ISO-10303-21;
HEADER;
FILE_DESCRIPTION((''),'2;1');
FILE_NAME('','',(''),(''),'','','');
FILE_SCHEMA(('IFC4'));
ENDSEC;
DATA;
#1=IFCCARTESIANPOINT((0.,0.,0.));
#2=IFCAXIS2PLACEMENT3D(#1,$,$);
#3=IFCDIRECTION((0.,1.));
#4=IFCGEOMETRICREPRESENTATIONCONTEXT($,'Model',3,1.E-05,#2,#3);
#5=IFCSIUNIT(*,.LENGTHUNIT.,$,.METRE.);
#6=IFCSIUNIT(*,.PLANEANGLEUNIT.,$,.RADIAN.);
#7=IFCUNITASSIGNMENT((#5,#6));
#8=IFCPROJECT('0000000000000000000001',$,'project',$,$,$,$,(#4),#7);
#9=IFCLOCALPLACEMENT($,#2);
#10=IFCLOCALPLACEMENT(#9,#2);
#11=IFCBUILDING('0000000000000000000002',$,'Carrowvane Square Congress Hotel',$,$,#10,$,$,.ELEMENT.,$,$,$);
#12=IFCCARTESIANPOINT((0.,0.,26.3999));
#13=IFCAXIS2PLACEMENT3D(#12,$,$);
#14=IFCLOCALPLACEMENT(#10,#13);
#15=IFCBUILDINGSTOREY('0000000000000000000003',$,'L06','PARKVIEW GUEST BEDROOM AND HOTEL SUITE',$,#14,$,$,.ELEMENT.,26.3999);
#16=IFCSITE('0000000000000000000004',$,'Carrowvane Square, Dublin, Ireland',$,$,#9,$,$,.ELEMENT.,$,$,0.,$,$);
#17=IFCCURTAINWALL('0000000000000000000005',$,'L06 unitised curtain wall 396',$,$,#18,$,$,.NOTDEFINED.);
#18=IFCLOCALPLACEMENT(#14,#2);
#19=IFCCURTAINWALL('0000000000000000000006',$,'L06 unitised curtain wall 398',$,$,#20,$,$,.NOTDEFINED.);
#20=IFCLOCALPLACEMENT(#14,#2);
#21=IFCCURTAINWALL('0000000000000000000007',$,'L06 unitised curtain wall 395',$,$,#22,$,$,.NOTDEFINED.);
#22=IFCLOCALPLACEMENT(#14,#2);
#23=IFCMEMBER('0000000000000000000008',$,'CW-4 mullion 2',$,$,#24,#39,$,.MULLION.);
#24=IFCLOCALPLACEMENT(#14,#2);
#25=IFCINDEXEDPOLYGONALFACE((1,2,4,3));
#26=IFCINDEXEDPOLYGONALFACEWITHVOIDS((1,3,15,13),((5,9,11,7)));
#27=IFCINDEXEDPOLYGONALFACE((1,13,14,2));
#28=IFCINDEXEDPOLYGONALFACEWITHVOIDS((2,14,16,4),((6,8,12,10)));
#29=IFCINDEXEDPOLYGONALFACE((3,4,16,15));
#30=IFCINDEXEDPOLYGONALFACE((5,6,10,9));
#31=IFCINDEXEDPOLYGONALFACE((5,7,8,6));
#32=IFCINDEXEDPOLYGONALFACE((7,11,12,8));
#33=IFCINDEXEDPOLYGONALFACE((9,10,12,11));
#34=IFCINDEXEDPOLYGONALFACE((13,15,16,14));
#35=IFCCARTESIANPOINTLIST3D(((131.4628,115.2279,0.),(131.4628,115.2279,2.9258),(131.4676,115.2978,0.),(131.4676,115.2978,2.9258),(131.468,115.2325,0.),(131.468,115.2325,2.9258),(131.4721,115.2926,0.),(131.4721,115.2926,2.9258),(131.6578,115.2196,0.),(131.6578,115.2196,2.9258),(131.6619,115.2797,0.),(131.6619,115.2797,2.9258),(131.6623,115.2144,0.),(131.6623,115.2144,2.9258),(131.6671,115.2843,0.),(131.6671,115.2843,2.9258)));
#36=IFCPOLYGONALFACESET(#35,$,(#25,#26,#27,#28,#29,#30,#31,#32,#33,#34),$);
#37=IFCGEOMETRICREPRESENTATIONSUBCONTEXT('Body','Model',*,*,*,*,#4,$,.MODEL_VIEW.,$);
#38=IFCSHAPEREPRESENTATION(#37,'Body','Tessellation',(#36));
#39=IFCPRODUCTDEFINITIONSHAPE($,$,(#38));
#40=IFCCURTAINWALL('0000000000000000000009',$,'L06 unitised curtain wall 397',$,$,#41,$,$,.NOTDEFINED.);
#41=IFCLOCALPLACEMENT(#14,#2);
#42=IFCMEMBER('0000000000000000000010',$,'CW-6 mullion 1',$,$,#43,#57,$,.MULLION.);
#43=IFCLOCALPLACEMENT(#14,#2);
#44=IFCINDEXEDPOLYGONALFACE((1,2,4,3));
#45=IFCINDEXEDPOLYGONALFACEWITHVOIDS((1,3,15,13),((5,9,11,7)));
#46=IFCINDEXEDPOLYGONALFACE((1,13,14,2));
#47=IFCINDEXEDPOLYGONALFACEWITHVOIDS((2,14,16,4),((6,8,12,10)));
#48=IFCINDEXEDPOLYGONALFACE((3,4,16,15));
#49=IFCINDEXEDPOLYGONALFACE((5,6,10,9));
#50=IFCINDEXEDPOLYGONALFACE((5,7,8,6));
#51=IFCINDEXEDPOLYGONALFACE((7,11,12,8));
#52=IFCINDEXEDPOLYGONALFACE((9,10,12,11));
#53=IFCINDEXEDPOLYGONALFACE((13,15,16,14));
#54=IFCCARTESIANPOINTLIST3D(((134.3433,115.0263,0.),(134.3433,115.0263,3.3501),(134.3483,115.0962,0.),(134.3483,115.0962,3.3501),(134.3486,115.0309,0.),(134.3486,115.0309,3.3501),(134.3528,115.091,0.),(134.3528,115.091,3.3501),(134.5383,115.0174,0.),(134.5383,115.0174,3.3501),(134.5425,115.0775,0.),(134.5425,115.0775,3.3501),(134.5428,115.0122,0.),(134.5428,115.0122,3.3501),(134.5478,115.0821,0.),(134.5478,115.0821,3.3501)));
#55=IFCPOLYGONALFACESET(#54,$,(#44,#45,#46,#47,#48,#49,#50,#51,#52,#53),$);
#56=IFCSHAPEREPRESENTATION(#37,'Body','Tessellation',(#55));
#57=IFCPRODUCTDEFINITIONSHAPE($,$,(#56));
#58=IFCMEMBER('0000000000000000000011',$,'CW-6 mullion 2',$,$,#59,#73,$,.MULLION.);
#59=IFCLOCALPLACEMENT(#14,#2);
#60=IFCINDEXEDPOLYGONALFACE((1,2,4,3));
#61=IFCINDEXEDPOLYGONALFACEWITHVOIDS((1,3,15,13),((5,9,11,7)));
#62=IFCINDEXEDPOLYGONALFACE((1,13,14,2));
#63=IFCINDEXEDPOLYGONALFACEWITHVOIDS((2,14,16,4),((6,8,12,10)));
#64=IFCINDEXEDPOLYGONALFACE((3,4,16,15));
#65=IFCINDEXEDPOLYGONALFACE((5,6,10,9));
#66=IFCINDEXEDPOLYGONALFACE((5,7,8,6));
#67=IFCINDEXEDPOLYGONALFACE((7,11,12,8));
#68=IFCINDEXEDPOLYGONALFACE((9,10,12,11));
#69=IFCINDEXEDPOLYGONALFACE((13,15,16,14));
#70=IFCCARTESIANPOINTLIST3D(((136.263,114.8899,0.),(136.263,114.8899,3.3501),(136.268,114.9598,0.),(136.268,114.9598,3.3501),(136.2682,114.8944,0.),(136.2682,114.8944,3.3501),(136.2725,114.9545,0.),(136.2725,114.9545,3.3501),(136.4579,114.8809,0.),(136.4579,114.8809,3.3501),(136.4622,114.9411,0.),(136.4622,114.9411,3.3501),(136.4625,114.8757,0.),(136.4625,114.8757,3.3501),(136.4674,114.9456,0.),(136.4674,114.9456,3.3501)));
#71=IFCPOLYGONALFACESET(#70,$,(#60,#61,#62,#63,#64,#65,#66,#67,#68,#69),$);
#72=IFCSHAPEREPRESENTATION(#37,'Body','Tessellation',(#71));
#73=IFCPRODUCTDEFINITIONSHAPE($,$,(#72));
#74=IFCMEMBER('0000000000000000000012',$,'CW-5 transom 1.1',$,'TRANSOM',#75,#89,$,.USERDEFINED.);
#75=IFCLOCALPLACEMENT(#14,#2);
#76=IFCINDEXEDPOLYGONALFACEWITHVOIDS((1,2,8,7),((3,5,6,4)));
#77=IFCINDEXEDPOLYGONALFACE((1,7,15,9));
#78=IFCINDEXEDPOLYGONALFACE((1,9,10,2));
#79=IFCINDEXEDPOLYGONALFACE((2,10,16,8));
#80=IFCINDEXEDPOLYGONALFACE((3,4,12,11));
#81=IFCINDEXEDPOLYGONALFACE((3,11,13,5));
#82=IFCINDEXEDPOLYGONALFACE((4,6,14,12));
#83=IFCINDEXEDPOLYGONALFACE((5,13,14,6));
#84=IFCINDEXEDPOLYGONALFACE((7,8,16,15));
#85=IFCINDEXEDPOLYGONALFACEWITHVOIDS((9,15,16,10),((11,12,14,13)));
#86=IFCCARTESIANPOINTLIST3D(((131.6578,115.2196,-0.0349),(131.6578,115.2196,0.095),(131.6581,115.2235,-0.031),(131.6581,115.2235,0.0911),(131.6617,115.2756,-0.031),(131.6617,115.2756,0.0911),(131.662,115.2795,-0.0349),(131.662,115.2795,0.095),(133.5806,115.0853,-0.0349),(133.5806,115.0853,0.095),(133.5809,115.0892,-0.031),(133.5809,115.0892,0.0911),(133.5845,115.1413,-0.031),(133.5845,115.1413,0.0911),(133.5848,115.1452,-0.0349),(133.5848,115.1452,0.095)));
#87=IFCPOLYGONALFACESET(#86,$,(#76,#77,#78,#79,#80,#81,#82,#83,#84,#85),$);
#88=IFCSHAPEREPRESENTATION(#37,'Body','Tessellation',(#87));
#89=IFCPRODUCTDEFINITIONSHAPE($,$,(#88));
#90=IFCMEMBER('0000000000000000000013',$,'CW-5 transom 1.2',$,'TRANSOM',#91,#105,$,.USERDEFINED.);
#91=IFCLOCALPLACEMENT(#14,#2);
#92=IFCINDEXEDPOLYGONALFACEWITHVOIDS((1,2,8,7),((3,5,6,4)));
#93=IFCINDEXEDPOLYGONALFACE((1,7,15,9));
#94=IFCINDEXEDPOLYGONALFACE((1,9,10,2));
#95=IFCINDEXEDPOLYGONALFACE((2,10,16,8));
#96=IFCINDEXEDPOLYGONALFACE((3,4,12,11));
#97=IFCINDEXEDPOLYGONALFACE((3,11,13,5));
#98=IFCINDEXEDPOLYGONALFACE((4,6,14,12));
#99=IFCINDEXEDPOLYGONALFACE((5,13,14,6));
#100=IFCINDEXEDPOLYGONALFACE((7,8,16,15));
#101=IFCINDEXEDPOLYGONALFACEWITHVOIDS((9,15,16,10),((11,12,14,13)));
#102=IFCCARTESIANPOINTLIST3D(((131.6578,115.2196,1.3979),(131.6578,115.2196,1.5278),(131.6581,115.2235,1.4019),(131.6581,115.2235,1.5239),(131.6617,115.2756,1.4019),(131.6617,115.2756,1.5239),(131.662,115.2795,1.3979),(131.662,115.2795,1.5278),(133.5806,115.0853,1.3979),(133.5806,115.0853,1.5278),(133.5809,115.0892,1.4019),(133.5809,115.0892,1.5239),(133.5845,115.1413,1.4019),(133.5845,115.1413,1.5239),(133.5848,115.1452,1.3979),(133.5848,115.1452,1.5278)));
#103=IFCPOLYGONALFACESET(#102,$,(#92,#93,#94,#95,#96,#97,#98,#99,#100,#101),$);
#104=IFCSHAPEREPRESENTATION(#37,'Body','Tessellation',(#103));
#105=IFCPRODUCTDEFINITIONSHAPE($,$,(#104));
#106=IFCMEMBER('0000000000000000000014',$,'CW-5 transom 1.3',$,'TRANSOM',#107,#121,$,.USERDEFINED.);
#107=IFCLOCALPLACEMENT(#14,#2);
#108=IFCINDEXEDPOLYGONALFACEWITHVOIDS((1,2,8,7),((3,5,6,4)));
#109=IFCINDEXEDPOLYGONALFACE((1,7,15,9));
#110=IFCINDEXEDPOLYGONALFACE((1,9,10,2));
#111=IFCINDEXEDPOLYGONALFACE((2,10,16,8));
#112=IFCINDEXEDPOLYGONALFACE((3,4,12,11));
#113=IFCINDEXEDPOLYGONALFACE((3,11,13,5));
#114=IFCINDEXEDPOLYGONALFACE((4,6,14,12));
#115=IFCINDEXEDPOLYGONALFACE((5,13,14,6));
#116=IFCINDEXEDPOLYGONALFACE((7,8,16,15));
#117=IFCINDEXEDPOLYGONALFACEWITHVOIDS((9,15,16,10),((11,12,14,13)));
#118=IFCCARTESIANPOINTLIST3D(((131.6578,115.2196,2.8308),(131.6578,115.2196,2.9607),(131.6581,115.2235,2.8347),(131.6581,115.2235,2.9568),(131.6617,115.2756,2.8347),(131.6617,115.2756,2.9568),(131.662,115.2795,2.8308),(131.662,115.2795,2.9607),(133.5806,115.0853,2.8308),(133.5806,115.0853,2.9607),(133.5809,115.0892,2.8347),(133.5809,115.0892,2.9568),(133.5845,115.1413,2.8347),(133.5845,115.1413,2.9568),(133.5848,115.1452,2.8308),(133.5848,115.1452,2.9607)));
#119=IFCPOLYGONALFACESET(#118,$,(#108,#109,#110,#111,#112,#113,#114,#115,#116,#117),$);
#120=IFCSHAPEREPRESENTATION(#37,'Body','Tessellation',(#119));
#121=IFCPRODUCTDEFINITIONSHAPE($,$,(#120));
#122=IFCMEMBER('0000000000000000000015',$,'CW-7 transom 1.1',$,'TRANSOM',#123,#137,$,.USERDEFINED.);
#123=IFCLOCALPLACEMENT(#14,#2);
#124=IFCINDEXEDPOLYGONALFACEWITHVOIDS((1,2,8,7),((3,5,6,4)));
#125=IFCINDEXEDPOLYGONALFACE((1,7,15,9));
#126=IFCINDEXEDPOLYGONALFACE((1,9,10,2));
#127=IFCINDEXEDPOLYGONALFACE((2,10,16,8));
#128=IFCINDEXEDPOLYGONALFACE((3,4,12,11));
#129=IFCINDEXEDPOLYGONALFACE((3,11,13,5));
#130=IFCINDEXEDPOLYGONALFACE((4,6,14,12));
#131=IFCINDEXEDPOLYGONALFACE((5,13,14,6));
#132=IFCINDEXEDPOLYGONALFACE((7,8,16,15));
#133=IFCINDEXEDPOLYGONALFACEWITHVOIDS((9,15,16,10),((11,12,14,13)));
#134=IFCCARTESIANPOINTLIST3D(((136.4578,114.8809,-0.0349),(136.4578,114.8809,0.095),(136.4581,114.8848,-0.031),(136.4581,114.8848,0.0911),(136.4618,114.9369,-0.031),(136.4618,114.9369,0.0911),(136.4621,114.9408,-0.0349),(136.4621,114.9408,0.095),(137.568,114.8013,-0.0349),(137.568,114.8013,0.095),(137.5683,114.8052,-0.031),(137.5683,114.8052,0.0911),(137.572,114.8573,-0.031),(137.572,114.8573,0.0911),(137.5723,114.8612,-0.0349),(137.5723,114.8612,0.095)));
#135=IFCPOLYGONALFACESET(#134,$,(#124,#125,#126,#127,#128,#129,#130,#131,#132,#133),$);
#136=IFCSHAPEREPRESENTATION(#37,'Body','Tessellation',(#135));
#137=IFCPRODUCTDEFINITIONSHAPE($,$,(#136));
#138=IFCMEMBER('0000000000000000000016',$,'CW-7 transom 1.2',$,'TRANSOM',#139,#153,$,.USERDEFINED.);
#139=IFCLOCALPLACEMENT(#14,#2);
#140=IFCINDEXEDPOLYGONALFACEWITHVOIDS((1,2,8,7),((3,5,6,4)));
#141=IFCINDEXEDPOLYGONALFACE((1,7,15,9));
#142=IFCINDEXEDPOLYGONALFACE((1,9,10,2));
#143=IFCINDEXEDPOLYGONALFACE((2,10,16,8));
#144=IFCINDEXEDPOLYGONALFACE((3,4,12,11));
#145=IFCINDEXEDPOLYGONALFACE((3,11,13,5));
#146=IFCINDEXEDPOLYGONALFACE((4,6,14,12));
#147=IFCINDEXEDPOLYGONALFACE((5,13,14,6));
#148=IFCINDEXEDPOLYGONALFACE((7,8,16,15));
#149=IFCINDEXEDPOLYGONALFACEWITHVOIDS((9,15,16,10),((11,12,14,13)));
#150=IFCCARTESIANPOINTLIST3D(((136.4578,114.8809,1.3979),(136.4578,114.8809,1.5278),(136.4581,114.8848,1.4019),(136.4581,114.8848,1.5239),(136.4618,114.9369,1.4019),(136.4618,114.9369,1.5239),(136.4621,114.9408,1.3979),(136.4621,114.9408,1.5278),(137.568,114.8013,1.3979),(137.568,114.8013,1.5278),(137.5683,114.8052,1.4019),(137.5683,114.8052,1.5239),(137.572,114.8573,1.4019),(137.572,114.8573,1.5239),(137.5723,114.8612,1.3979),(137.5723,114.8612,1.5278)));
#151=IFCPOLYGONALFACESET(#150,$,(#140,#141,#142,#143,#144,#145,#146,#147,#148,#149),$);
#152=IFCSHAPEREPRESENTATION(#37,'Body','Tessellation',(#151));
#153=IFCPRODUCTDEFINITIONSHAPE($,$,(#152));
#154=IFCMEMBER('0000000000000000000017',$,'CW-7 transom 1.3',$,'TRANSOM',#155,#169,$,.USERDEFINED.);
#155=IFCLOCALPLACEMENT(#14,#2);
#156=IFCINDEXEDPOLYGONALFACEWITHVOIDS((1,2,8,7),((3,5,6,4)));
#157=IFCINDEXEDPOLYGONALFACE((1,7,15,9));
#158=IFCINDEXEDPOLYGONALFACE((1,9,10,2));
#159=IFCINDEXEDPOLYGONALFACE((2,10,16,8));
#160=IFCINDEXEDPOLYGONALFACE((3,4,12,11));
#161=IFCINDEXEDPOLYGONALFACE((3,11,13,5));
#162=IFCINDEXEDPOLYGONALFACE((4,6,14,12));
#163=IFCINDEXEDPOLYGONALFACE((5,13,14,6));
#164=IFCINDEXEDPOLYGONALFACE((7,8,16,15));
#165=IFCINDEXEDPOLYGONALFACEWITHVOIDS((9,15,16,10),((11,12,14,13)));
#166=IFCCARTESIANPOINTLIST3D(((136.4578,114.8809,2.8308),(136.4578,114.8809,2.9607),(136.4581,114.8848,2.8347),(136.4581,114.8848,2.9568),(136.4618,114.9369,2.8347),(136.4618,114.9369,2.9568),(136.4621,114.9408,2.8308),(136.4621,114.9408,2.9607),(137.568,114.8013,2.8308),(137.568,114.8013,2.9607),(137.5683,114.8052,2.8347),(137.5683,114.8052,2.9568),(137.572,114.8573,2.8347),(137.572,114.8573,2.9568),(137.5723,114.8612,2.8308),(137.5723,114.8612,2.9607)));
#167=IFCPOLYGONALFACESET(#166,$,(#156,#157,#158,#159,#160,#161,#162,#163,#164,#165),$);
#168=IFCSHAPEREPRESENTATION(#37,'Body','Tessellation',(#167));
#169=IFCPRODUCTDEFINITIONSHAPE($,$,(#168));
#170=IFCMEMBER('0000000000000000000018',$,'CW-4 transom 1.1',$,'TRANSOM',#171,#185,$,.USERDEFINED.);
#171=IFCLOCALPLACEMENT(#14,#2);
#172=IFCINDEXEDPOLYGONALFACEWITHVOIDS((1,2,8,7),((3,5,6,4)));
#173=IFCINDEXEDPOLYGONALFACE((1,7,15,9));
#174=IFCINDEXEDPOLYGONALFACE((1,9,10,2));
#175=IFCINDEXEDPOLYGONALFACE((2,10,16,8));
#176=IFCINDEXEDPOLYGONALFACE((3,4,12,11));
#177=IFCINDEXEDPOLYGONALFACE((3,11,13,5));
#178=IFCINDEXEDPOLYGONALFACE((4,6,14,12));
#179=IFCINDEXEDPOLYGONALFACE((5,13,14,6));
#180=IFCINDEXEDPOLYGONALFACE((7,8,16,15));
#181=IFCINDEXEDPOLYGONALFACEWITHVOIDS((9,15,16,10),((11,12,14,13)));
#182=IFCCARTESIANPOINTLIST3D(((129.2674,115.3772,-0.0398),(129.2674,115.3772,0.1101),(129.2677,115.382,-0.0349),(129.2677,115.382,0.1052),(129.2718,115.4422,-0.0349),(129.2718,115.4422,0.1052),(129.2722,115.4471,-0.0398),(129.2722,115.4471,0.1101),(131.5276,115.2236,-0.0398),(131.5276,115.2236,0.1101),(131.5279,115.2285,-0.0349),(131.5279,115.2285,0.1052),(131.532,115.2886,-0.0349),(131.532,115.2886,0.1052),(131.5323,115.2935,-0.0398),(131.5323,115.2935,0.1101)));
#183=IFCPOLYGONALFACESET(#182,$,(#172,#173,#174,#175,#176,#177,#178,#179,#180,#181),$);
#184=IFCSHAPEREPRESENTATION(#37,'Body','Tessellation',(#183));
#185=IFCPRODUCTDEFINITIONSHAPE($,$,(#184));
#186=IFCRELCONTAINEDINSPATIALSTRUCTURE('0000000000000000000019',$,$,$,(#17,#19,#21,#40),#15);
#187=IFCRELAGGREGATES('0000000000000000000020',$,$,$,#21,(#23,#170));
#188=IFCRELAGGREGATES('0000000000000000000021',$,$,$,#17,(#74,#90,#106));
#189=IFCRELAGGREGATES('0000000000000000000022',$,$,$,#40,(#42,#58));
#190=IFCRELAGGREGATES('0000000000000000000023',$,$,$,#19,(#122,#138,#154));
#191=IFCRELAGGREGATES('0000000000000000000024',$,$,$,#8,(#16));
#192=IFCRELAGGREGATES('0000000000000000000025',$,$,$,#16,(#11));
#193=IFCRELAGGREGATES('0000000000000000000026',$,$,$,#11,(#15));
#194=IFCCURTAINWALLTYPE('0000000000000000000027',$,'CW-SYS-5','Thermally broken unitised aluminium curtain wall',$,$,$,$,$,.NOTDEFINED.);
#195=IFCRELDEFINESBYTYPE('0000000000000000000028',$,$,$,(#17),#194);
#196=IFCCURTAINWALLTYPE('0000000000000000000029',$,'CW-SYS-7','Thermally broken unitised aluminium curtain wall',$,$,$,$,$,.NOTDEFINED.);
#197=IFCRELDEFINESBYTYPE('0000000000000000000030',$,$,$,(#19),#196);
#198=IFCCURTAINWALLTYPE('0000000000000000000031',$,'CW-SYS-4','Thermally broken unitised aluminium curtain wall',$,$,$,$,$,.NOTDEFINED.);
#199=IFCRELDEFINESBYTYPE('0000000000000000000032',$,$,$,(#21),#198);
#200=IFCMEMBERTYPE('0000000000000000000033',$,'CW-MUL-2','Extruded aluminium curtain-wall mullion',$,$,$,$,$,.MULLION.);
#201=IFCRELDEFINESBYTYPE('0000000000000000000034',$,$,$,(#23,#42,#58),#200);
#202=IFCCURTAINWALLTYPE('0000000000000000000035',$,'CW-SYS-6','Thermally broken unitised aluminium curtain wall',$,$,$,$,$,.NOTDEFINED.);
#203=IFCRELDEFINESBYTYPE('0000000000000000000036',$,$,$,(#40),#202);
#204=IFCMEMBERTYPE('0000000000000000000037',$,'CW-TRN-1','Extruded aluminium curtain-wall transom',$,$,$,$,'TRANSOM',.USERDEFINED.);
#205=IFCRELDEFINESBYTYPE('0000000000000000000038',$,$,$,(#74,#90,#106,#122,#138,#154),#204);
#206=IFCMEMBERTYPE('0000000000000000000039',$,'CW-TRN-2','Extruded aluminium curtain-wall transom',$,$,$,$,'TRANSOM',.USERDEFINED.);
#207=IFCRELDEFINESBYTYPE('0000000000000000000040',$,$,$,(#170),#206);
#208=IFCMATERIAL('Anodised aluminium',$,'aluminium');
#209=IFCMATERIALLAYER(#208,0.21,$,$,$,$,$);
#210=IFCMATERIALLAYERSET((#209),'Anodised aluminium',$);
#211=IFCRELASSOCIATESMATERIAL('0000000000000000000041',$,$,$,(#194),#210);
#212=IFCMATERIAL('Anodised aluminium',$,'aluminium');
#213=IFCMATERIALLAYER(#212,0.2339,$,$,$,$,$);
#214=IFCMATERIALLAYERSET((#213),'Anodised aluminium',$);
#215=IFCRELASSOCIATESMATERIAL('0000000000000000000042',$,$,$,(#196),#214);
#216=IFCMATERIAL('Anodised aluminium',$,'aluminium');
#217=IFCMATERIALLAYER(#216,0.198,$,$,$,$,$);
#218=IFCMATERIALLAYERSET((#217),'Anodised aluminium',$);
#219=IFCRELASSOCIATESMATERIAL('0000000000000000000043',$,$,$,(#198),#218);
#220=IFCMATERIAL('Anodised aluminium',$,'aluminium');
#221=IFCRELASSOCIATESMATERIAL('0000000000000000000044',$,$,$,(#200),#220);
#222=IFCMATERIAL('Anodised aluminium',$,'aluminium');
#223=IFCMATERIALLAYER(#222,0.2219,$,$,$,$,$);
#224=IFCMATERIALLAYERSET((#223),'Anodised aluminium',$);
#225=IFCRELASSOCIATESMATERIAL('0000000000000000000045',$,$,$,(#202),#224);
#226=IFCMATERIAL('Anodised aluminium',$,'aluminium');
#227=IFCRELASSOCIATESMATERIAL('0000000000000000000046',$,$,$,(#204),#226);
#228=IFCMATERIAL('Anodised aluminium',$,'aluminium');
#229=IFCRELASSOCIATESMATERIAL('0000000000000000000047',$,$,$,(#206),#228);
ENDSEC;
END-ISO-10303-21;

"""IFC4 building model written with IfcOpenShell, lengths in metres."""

from ifc_helpers import new_model, si_unit, direction, frame, origin, origin_2d, place, context, subcontext, project, spatial, hollow_rectangle, extrude, material, layer, layer_set, material_profile, profile_set, type_object, element, aggregate, save


model = new_model("IFC4")

# Units and contexts
model_context = context("Model", 3, precision=1e-05, world=origin(), true_north=direction((0.0, 1.0)))
body_context = subcontext(model_context, "Body", "Model", "MODEL_VIEW")
ifc_project = project(units=[si_unit("LENGTHUNIT", "METRE"), si_unit("PLANEANGLEUNIT", "RADIAN")], contexts=[model_context])

# Site, building, storey
site_placement = place(None, origin())
site = spatial("IfcSite", under=ifc_project, at=site_placement, Name="Carrowvane Square, Dublin, Ireland", CompositionType="ELEMENT", RefElevation=0.0)
building_placement = place(site_placement, origin())
building = spatial("IfcBuilding", under=site, at=building_placement, Name="Carrowvane Square Congress Hotel", CompositionType="ELEMENT")
storey_placement = place(building_placement, frame((0.0, 0.0, 26.3999)))
storey = spatial("IfcBuildingStorey", under=building, at=storey_placement, Name="L06", Description="PARKVIEW GUEST BEDROOM AND HOTEL SUITE", CompositionType="ELEMENT", Elevation=26.3999)

# Curtain walls, members
ifc_material_1 = material(Name="Anodised aluminium", Category="aluminium")
ifc_layer_1 = layer(ifc_material_1, 0.21)
ifc_layer_set_1 = layer_set([ifc_layer_1], Name="Anodised aluminium")
curtain_wall_type_1 = type_object("IfcCurtainWallType", Name="CW-SYS-5", Description="Thermally broken unitised aluminium curtain wall", PredefinedType="NOTDEFINED", material=ifc_layer_set_1)
curtain_wall_1_placement = place(storey_placement, origin())
curtain_wall_1 = element("IfcCurtainWall", 1, at=curtain_wall_1_placement, inside=storey, type_object=curtain_wall_type_1, Name="L06 unitised curtain wall 396", PredefinedType="NOTDEFINED")
ifc_material_2 = material(Name="Anodised aluminium", Category="aluminium")
ifc_layer_2 = layer(ifc_material_2, 0.2339)
ifc_layer_set_2 = layer_set([ifc_layer_2], Name="Anodised aluminium")
curtain_wall_type_2 = type_object("IfcCurtainWallType", Name="CW-SYS-7", Description="Thermally broken unitised aluminium curtain wall", PredefinedType="NOTDEFINED", material=ifc_layer_set_2)
curtain_wall_2_placement = place(storey_placement, origin())
curtain_wall_2 = element("IfcCurtainWall", 2, at=curtain_wall_2_placement, inside=storey, type_object=curtain_wall_type_2, Name="L06 unitised curtain wall 398", PredefinedType="NOTDEFINED")
ifc_material_3 = material(Name="Anodised aluminium", Category="aluminium")
ifc_layer_3 = layer(ifc_material_3, 0.198)
ifc_layer_set_3 = layer_set([ifc_layer_3], Name="Anodised aluminium")
curtain_wall_type_3 = type_object("IfcCurtainWallType", Name="CW-SYS-4", Description="Thermally broken unitised aluminium curtain wall", PredefinedType="NOTDEFINED", material=ifc_layer_set_3)
curtain_wall_3_placement = place(storey_placement, origin())
curtain_wall_3 = element("IfcCurtainWall", 3, at=curtain_wall_3_placement, inside=storey, type_object=curtain_wall_type_3, Name="L06 unitised curtain wall 395", PredefinedType="NOTDEFINED")
ifc_material_4 = material(Name="Anodised aluminium", Category="aluminium")
ifc_material_profile_1 = material_profile(ifc_material_4, hollow_rectangle(XDim=0.0701, YDim=0.2, WallThickness=0.0049, at=origin_2d()), Name="CW-ML 70x200x5")
ifc_profile_set_1 = profile_set([ifc_material_profile_1], Name="Anodised aluminium")
member_type_1 = type_object("IfcMemberType", Name="CW-MUL-2", Description="Extruded aluminium curtain-wall mullion", PredefinedType="MULLION", material=ifc_profile_set_1)
member_1_placement = place(storey_placement, frame((131.5649, 115.2561, 0.0), z_axis=(0.0, 0.0, 1.0), x_axis=(0.06787, 0.997694, 0.0)))
member_1 = element("IfcMember", 4, at=member_1_placement, type_object=member_type_1, Name="CW-4 mullion 2", PredefinedType="MULLION", context=body_context, shape_type="SweptSolid", body=[
    extrude(hollow_rectangle(XDim=0.0701, YDim=0.2, WallThickness=0.0049, at=origin_2d()), origin(), (0.0, 0.0, 1.0), 2.9258),
])
ifc_material_5 = material(Name="Anodised aluminium", Category="aluminium")
ifc_layer_4 = layer(ifc_material_5, 0.2219)
ifc_layer_set_4 = layer_set([ifc_layer_4], Name="Anodised aluminium")
curtain_wall_type_4 = type_object("IfcCurtainWallType", Name="CW-SYS-6", Description="Thermally broken unitised aluminium curtain wall", PredefinedType="NOTDEFINED", material=ifc_layer_set_4)
curtain_wall_4_placement = place(storey_placement, origin())
curtain_wall_4 = element("IfcCurtainWall", 5, at=curtain_wall_4_placement, inside=storey, type_object=curtain_wall_type_4, Name="L06 unitised curtain wall 397", PredefinedType="NOTDEFINED")
member_2_placement = place(storey_placement, frame((134.4456, 115.0542, 0.0), z_axis=(0.0, 0.0, 1.0), x_axis=(0.07096, 0.997479, 0.0)))
member_2 = element("IfcMember", 6, at=member_2_placement, type_object=member_type_1, Name="CW-6 mullion 1", PredefinedType="MULLION", context=body_context, shape_type="SweptSolid", body=[
    extrude(hollow_rectangle(XDim=0.0701, YDim=0.2, WallThickness=0.0049, at=origin_2d()), origin(), (0.0, 0.0, 1.0), 3.3501),
])
member_3_placement = place(storey_placement, frame((136.3652, 114.9177, 0.0), z_axis=(0.0, 0.0, 1.0), x_axis=(0.07096, 0.997479, 0.0)))
member_3 = element("IfcMember", 7, at=member_3_placement, type_object=member_type_1, Name="CW-6 mullion 2", PredefinedType="MULLION", context=body_context, shape_type="SweptSolid", body=[
    extrude(hollow_rectangle(XDim=0.0701, YDim=0.2, WallThickness=0.0049, at=origin_2d()), origin(), (0.0, 0.0, 1.0), 3.3501),
])

# Members
ifc_material_6 = material(Name="Anodised aluminium", Category="aluminium")
ifc_material_profile_2 = material_profile(ifc_material_6, hollow_rectangle(XDim=0.0601, YDim=0.1299, WallThickness=0.0039, at=origin_2d()), Name="CW-TR 60x130x4")
ifc_profile_set_2 = profile_set([ifc_material_profile_2], Name="Anodised aluminium")
member_type_2 = type_object("IfcMemberType", Name="CW-TRN-1", Description="Extruded aluminium curtain-wall transom", ElementType="TRANSOM", PredefinedType="USERDEFINED", material=ifc_profile_set_2)
member_4_placement = place(storey_placement, frame((131.6599, 115.2495, 0.03), z_axis=(0.997571, -0.069663, 0.0), x_axis=(0.069663, 0.997571, 0.0)))
member_4 = element("IfcMember", 8, at=member_4_placement, type_object=member_type_2, Name="CW-5 transom 1.1", ObjectType="TRANSOM", PredefinedType="USERDEFINED", context=body_context, shape_type="SweptSolid", body=[
    extrude(hollow_rectangle(XDim=0.0601, YDim=0.1299, WallThickness=0.0039, at=origin_2d()), origin(), (0.0, 0.0, 1.0), 1.9275),
])
member_5_placement = place(storey_placement, frame((131.6599, 115.2495, 1.4629), z_axis=(0.997571, -0.069663, 0.0), x_axis=(0.069663, 0.997571, 0.0)))
member_5 = element("IfcMember", 9, at=member_5_placement, type_object=member_type_2, Name="CW-5 transom 1.2", ObjectType="TRANSOM", PredefinedType="USERDEFINED", context=body_context, shape_type="SweptSolid", body=[
    extrude(hollow_rectangle(XDim=0.0601, YDim=0.1299, WallThickness=0.0039, at=origin_2d()), origin(), (0.0, 0.0, 1.0), 1.9275),
])
member_6_placement = place(storey_placement, frame((131.6599, 115.2495, 2.8958), z_axis=(0.997571, -0.069663, 0.0), x_axis=(0.069663, 0.997571, 0.0)))
member_6 = element("IfcMember", 10, at=member_6_placement, type_object=member_type_2, Name="CW-5 transom 1.3", ObjectType="TRANSOM", PredefinedType="USERDEFINED", context=body_context, shape_type="SweptSolid", body=[
    extrude(hollow_rectangle(XDim=0.0601, YDim=0.1299, WallThickness=0.0039, at=origin_2d()), origin(), (0.0, 0.0, 1.0), 1.9275),
])
member_7_placement = place(storey_placement, frame((136.46, 114.9109, 0.03), z_axis=(0.99744, -0.071512, 0.0), x_axis=(0.071512, 0.99744, 0.0)))
member_7 = element("IfcMember", 11, at=member_7_placement, type_object=member_type_2, Name="CW-7 transom 1.1", ObjectType="TRANSOM", PredefinedType="USERDEFINED", context=body_context, shape_type="SweptSolid", body=[
    extrude(hollow_rectangle(XDim=0.0601, YDim=0.1299, WallThickness=0.0039, at=origin_2d()), origin(), (0.0, 0.0, 1.0), 1.113),
])
member_8_placement = place(storey_placement, frame((136.46, 114.9109, 1.4629), z_axis=(0.99744, -0.071512, 0.0), x_axis=(0.071512, 0.99744, 0.0)))
member_8 = element("IfcMember", 12, at=member_8_placement, type_object=member_type_2, Name="CW-7 transom 1.2", ObjectType="TRANSOM", PredefinedType="USERDEFINED", context=body_context, shape_type="SweptSolid", body=[
    extrude(hollow_rectangle(XDim=0.0601, YDim=0.1299, WallThickness=0.0039, at=origin_2d()), origin(), (0.0, 0.0, 1.0), 1.113),
])
member_9_placement = place(storey_placement, frame((136.46, 114.9109, 2.8958), z_axis=(0.99744, -0.071512, 0.0), x_axis=(0.071512, 0.99744, 0.0)))
member_9 = element("IfcMember", 13, at=member_9_placement, type_object=member_type_2, Name="CW-7 transom 1.3", ObjectType="TRANSOM", PredefinedType="USERDEFINED", context=body_context, shape_type="SweptSolid", body=[
    extrude(hollow_rectangle(XDim=0.0601, YDim=0.1299, WallThickness=0.0039, at=origin_2d()), origin(), (0.0, 0.0, 1.0), 1.113),
])
ifc_material_7 = material(Name="Anodised aluminium", Category="aluminium")
ifc_material_profile_3 = material_profile(ifc_material_7, hollow_rectangle(XDim=0.0701, YDim=0.1499, WallThickness=0.0049, at=origin_2d()), Name="CW-TR 70x150x5")
ifc_profile_set_3 = profile_set([ifc_material_profile_3], Name="Anodised aluminium")
member_type_3 = type_object("IfcMemberType", Name="CW-TRN-2", Description="Extruded aluminium curtain-wall transom", ElementType="TRANSOM", PredefinedType="USERDEFINED", material=ifc_profile_set_3)
member_10_placement = place(storey_placement, frame((129.2698, 115.4121, 0.0352), z_axis=(0.9977, -0.067785, 0.0), x_axis=(0.067785, 0.9977, 0.0)))
member_10 = element("IfcMember", 14, at=member_10_placement, type_object=member_type_3, Name="CW-4 transom 1.1", ObjectType="TRANSOM", PredefinedType="USERDEFINED", context=body_context, shape_type="SweptSolid", body=[
    extrude(hollow_rectangle(XDim=0.0701, YDim=0.1499, WallThickness=0.0049, at=origin_2d()), origin(), (0.0, 0.0, 1.0), 2.2654),
])

aggregate(curtain_wall_3, [member_1, member_10])
aggregate(curtain_wall_1, [member_4, member_5, member_6])
aggregate(curtain_wall_4, [member_2, member_3])
aggregate(curtain_wall_2, [member_7, member_8, member_9])

save(model, "model.ifc")
